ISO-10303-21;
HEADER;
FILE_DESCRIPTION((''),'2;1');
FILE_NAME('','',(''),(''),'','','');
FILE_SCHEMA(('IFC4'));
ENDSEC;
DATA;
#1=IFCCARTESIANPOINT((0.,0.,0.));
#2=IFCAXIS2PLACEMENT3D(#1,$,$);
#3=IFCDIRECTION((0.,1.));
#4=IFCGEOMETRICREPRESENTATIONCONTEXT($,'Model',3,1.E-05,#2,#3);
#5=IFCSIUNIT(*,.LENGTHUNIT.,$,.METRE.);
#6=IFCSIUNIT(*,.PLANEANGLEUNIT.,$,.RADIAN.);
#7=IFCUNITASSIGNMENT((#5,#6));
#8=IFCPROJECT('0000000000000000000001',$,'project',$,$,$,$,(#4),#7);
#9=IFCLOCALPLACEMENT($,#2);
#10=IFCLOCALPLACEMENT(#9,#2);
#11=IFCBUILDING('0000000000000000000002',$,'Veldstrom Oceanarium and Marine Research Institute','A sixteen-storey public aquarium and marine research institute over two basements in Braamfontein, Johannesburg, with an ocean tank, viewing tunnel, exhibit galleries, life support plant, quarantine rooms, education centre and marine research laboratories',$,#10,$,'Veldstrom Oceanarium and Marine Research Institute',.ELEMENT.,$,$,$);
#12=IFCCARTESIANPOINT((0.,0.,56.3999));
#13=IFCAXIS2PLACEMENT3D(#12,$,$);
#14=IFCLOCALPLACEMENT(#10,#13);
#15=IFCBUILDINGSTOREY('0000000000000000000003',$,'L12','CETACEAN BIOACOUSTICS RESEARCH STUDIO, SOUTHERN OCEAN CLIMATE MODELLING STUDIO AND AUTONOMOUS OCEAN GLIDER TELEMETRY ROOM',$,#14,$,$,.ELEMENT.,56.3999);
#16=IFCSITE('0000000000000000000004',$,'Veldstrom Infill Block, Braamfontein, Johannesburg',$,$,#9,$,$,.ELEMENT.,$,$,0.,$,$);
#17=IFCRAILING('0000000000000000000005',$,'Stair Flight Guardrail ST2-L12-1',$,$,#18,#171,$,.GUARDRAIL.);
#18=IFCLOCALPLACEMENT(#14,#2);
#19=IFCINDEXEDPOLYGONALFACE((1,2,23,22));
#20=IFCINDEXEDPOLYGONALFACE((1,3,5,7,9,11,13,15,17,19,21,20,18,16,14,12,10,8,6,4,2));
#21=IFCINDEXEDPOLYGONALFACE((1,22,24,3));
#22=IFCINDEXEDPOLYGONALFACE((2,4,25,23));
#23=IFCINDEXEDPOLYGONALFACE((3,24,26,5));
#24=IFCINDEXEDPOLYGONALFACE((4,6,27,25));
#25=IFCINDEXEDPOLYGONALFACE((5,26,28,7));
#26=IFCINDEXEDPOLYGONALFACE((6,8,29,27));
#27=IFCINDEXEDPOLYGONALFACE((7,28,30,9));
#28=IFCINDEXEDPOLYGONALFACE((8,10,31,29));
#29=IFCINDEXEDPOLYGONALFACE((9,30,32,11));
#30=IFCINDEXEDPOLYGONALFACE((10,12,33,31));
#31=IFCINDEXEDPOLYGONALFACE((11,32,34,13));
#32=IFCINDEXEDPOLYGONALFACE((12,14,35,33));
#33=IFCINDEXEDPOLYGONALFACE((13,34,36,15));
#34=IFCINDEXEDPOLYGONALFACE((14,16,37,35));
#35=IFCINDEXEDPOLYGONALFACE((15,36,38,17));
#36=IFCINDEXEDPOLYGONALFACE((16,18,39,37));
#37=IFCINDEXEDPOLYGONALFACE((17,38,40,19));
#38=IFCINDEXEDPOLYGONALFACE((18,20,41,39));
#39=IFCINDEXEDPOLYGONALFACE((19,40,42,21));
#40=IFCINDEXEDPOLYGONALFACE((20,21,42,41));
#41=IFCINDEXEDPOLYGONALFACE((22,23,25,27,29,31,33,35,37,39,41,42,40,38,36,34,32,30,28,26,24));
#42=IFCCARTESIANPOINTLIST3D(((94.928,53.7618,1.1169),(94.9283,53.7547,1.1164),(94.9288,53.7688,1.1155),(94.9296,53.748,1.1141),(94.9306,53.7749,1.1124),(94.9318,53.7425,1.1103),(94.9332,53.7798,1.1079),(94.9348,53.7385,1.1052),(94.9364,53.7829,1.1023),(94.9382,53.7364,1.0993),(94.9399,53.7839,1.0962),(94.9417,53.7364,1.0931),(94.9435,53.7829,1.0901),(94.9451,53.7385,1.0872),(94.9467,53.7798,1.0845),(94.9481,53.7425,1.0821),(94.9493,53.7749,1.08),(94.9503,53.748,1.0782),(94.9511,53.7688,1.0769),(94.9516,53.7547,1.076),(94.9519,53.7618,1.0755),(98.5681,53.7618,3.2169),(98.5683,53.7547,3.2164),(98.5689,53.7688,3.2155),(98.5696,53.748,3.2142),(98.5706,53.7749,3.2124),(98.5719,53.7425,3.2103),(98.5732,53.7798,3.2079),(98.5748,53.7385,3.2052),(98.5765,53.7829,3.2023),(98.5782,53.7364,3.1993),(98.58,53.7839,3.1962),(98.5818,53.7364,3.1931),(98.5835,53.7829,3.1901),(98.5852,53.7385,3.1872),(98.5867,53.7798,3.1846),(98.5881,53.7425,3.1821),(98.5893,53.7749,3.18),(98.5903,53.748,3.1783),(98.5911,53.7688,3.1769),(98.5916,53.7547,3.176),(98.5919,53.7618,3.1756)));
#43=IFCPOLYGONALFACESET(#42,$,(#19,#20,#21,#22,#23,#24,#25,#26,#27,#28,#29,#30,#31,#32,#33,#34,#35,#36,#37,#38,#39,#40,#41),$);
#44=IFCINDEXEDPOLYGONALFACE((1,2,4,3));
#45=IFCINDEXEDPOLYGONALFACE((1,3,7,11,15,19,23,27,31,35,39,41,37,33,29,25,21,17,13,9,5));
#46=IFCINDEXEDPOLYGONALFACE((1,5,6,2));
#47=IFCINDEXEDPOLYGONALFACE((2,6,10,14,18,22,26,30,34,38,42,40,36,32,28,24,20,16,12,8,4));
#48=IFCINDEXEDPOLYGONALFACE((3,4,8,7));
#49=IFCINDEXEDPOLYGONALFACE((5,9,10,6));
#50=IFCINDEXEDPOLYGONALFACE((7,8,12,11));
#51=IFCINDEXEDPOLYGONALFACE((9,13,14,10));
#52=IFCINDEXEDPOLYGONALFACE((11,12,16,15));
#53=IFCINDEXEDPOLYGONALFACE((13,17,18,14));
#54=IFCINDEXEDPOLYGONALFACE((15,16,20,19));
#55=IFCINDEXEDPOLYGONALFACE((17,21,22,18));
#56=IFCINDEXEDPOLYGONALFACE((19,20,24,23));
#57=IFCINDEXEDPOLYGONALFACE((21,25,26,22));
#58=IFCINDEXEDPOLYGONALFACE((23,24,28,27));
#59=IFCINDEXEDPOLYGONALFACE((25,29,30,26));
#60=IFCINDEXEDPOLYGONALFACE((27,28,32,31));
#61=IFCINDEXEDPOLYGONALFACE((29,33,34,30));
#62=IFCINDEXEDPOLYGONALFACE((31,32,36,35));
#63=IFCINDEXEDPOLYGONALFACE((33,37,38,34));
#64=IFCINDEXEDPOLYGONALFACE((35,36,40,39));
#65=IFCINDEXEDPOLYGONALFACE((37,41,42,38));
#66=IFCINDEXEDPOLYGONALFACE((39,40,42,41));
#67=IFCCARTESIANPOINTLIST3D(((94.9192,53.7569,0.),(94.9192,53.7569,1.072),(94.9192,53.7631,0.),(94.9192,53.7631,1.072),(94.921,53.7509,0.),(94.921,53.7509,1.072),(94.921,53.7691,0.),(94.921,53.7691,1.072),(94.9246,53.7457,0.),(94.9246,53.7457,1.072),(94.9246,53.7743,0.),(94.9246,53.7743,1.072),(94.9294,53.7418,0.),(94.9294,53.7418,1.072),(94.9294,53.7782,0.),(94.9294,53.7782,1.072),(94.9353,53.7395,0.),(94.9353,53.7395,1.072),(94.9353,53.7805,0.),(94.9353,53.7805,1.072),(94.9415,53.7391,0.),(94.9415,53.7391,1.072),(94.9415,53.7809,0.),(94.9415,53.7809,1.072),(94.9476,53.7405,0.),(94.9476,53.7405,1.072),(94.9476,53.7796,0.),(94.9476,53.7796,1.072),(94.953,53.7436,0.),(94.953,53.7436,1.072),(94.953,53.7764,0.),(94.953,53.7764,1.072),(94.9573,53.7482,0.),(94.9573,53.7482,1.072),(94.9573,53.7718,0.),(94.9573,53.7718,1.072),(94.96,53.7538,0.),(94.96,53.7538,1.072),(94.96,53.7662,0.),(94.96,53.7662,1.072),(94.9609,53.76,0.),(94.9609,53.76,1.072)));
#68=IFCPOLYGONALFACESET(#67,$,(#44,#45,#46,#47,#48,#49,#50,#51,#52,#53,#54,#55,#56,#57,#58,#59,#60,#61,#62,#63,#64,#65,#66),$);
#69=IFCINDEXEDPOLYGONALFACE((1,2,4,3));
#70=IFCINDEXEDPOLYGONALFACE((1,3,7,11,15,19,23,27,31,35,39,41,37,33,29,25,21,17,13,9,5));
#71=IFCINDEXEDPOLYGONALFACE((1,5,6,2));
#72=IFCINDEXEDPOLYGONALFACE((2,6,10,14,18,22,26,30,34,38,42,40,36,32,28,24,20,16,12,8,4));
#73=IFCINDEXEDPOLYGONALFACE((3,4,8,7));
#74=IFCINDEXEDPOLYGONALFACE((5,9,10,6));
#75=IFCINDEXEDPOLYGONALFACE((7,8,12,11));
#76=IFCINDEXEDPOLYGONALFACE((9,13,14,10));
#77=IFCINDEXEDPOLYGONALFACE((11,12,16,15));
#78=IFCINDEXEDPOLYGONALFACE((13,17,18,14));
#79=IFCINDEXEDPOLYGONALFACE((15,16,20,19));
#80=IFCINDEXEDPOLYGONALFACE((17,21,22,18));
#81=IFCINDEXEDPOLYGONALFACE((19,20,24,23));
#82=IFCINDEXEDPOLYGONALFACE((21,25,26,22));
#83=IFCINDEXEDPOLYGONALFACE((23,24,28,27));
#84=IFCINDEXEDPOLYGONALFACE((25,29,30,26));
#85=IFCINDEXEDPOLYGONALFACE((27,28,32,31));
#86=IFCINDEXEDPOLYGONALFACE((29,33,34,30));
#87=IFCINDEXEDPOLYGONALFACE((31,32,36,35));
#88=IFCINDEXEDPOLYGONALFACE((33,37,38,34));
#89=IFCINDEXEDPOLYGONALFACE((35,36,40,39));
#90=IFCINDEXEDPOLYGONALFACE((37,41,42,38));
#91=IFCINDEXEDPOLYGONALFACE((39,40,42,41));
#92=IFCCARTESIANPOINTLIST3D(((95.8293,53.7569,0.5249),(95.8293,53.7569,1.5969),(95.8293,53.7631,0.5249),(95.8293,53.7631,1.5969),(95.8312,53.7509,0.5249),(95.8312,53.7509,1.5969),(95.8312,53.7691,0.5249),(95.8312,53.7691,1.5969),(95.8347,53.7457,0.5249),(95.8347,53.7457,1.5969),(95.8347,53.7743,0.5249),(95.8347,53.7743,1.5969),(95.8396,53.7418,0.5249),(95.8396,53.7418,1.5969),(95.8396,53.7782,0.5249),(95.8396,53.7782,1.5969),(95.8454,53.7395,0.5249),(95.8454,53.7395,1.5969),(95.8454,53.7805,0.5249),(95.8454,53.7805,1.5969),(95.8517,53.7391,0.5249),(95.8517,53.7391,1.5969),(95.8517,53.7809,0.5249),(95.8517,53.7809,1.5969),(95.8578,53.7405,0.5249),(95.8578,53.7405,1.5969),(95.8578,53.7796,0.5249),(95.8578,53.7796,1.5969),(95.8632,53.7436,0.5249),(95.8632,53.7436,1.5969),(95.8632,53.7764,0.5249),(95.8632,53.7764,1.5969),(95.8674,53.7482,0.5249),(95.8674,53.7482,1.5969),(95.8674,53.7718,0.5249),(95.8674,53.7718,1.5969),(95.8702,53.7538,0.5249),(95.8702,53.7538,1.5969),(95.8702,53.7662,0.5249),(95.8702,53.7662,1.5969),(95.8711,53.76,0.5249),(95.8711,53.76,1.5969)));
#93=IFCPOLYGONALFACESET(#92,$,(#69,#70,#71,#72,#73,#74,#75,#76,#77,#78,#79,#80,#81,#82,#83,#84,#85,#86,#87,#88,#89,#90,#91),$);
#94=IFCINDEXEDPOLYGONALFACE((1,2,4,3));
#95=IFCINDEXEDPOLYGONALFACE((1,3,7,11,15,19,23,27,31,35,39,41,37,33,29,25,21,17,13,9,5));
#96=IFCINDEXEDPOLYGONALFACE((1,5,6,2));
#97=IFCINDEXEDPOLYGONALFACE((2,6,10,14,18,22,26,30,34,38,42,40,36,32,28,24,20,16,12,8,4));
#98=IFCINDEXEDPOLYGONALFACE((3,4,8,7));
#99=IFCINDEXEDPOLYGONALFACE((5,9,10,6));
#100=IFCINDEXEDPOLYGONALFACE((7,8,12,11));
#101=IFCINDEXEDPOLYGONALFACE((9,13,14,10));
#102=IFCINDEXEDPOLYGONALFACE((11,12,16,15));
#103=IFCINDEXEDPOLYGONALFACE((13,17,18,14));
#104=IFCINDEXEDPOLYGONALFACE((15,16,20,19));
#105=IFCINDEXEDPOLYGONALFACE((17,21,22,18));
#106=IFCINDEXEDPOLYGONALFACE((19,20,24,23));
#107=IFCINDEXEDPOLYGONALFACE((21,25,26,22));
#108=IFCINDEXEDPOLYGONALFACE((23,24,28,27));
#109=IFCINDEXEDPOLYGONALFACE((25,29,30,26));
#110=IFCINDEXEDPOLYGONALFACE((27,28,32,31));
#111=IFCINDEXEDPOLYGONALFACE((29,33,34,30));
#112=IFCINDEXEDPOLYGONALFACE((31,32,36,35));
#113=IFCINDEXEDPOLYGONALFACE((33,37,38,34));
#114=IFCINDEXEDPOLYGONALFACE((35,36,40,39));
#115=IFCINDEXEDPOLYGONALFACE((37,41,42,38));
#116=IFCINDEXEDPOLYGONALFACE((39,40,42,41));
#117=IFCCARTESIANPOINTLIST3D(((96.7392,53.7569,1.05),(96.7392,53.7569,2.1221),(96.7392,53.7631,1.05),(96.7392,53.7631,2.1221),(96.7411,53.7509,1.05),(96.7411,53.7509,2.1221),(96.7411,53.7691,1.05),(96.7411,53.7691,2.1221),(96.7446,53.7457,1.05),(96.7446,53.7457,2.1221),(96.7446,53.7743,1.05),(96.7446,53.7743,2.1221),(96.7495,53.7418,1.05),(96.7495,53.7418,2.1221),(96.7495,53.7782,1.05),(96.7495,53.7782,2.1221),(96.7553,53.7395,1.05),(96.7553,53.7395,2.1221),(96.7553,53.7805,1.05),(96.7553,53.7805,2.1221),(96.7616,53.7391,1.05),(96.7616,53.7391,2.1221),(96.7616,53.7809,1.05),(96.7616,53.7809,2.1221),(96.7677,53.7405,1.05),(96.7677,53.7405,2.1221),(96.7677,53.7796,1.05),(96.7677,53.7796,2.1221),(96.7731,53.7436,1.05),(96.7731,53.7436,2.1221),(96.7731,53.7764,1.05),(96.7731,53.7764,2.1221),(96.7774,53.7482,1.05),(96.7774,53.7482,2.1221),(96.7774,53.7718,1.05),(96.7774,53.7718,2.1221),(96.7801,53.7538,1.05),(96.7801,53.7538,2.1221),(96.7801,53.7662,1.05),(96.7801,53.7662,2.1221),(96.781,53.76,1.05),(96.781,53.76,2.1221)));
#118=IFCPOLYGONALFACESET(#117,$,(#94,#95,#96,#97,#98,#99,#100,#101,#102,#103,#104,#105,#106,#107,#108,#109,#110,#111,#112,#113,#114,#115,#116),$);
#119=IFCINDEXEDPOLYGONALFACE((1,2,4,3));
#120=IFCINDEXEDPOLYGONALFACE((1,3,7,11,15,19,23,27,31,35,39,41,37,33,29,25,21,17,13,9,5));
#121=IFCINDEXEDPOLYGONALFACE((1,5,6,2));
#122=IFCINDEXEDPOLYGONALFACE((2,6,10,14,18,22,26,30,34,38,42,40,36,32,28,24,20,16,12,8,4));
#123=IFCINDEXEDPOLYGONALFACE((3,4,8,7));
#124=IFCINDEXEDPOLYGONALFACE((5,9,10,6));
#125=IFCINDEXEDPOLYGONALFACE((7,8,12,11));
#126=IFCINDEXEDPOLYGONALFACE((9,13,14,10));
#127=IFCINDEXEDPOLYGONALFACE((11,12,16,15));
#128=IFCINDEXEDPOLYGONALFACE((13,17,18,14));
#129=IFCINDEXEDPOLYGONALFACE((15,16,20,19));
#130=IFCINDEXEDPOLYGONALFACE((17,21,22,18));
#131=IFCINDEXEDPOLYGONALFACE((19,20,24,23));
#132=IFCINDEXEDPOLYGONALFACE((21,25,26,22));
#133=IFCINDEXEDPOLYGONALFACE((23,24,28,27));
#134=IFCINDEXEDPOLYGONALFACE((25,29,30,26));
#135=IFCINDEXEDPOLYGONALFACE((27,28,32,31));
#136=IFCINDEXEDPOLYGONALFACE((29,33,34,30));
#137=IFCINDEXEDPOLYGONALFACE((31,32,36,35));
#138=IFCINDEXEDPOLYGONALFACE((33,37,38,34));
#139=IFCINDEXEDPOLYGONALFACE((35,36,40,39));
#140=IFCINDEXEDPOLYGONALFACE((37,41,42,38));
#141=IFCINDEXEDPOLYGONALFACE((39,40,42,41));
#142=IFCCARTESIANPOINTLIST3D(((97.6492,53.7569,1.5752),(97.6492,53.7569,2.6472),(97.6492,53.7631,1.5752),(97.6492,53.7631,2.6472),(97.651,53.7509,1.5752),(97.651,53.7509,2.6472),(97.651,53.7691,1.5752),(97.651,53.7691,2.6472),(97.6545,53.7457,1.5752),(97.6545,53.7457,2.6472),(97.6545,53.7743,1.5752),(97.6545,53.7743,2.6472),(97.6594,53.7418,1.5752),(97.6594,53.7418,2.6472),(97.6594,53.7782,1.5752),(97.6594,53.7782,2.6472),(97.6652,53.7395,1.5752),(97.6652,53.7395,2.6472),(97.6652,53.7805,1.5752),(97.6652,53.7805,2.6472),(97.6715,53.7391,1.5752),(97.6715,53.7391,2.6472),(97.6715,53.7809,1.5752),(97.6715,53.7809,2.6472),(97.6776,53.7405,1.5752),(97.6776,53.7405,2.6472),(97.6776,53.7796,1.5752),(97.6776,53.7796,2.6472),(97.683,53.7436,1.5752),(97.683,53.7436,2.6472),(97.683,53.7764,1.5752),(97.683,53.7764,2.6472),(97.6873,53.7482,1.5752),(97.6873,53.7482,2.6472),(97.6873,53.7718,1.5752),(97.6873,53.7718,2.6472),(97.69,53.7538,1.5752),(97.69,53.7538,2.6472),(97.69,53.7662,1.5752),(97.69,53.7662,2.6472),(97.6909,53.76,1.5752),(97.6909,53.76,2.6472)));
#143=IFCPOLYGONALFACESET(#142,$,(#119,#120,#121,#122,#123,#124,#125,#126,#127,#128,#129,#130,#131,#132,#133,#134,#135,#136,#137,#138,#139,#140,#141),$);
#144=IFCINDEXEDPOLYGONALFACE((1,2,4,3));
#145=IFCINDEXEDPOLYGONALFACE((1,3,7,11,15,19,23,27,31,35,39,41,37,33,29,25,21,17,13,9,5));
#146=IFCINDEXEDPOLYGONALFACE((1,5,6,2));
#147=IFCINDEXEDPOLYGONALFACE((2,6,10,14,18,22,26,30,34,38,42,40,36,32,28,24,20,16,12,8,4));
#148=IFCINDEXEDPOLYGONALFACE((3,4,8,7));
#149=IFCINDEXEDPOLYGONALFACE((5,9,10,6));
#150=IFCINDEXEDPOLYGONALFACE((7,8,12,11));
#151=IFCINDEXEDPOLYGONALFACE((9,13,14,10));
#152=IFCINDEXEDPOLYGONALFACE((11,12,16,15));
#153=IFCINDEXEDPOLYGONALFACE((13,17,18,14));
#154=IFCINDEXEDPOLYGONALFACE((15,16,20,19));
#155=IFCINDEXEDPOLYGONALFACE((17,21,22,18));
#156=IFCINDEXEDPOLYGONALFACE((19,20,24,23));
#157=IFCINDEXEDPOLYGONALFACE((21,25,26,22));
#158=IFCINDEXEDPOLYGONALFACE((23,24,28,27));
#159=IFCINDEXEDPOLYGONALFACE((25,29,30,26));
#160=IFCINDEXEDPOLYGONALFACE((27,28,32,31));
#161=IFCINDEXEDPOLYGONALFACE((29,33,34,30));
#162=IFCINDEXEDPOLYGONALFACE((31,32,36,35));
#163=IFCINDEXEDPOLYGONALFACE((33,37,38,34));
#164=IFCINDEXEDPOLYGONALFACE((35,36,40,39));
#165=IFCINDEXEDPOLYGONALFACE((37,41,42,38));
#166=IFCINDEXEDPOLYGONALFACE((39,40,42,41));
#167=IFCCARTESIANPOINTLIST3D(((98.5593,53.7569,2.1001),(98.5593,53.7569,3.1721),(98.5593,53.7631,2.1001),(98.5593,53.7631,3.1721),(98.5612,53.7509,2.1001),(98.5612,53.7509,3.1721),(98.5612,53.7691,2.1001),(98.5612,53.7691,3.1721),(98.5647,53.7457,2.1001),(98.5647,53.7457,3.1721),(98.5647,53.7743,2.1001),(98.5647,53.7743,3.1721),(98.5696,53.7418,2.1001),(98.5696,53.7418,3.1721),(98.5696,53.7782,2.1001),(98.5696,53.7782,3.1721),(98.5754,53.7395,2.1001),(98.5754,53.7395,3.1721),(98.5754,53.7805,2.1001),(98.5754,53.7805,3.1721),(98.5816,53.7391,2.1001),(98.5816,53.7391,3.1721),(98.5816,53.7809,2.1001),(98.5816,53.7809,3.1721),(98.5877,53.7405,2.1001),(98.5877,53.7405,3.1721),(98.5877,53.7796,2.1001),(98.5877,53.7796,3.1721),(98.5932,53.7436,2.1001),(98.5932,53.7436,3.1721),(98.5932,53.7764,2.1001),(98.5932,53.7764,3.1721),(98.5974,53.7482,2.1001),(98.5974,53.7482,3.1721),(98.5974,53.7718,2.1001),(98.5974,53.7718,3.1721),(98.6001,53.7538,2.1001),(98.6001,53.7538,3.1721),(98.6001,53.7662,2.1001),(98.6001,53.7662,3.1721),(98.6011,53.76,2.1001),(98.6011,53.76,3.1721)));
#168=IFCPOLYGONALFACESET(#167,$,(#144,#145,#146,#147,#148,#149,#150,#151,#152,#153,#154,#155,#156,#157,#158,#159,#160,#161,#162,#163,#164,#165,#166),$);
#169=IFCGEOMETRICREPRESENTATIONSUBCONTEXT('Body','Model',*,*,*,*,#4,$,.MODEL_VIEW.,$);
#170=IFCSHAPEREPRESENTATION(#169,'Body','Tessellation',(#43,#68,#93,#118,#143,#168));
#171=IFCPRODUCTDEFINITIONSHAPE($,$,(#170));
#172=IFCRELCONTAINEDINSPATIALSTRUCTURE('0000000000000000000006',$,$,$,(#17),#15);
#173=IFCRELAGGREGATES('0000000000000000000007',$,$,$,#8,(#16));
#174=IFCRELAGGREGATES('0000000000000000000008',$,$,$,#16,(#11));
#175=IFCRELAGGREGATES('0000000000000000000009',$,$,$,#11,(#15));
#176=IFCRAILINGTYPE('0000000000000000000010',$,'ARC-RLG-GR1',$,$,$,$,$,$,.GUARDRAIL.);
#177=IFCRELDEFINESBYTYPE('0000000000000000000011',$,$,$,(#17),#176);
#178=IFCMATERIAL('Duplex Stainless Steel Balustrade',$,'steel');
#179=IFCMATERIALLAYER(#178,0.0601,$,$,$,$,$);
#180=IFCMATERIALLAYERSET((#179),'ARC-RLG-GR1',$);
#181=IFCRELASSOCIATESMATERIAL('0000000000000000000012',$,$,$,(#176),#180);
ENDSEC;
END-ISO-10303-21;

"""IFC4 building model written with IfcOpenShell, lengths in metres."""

from ifc_helpers import new_model, si_unit, direction, frame, origin, origin_2d, place, context, subcontext, project, spatial, circle, extrude, material, layer, layer_set, type_object, element, save


model = new_model("IFC4")

# Units and contexts
model_context = context("Model", 3, precision=1e-05, world=origin(), true_north=direction((0.0, 1.0)))
body_context = subcontext(model_context, "Body", "Model", "MODEL_VIEW")
ifc_project = project(units=[si_unit("LENGTHUNIT", "METRE"), si_unit("PLANEANGLEUNIT", "RADIAN")], contexts=[model_context])

# Site, building, storey
site_placement = place(None, origin())
site = spatial("IfcSite", under=ifc_project, at=site_placement, Name="Veldstrom Infill Block, Braamfontein, Johannesburg", CompositionType="ELEMENT", RefElevation=0.0)
building_placement = place(site_placement, origin())
building = spatial("IfcBuilding", under=site, at=building_placement, Name="Veldstrom Oceanarium and Marine Research Institute", Description="A sixteen-storey public aquarium and marine research institute over two basements in Braamfontein, Johannesburg, with an ocean tank, viewing tunnel, exhibit galleries, life support plant, quarantine rooms, education centre and marine research laboratories", LongName="Veldstrom Oceanarium and Marine Research Institute", CompositionType="ELEMENT")
storey_placement = place(building_placement, frame((0.0, 0.0, 56.3999)))
storey = spatial("IfcBuildingStorey", under=building, at=storey_placement, Name="L12", Description="CETACEAN BIOACOUSTICS RESEARCH STUDIO, SOUTHERN OCEAN CLIMATE MODELLING STUDIO AND AUTONOMOUS OCEAN GLIDER TELEMETRY ROOM", CompositionType="ELEMENT", Elevation=56.3999)

# Railing
ifc_material_1 = material(Name="Duplex Stainless Steel Balustrade", Category="steel")
ifc_layer_1 = layer(ifc_material_1, 0.0601)
ifc_layer_set_1 = layer_set([ifc_layer_1], Name="ARC-RLG-GR1")
railing_type_1 = type_object("IfcRailingType", Name="ARC-RLG-GR1", PredefinedType="GUARDRAIL", material=ifc_layer_set_1)
railing_1_placement = place(storey_placement, frame((94.9399, 53.76, 0.0)))
element("IfcRailing", 1, at=railing_1_placement, inside=storey, type_object=railing_type_1, Name="Stair Flight Guardrail ST2-L12-1", PredefinedType="GUARDRAIL", context=body_context, shape_type="SweptSolid", body=[
    extrude(circle(Radius=0.0239, at=origin_2d()), frame((0.0, 0.0, 1.0962), z_axis=(0.866184, 0.0, 0.499726), x_axis=(0.0, 1.0, 0.0)), (0.0, 0.0, 1.0), 4.2024),
    extrude(circle(Radius=0.021, at=origin_2d()), origin(), (0.0, 0.0, 1.0), 1.072),
    extrude(circle(Radius=0.021, at=origin_2d()), frame((0.9102, 0.0, 0.5249)), (0.0, 0.0, 1.0), 1.072),
    extrude(circle(Radius=0.021, at=origin_2d()), frame((1.8201, 0.0, 1.05)), (0.0, 0.0, 1.0), 1.072),
    extrude(circle(Radius=0.021, at=origin_2d()), frame((2.73, 0.0, 1.5752)), (0.0, 0.0, 1.0), 1.072),
    extrude(circle(Radius=0.021, at=origin_2d()), frame((3.6401, 0.0, 2.1001)), (0.0, 0.0, 1.0), 1.072),
])

save(model, "model.ifc")
